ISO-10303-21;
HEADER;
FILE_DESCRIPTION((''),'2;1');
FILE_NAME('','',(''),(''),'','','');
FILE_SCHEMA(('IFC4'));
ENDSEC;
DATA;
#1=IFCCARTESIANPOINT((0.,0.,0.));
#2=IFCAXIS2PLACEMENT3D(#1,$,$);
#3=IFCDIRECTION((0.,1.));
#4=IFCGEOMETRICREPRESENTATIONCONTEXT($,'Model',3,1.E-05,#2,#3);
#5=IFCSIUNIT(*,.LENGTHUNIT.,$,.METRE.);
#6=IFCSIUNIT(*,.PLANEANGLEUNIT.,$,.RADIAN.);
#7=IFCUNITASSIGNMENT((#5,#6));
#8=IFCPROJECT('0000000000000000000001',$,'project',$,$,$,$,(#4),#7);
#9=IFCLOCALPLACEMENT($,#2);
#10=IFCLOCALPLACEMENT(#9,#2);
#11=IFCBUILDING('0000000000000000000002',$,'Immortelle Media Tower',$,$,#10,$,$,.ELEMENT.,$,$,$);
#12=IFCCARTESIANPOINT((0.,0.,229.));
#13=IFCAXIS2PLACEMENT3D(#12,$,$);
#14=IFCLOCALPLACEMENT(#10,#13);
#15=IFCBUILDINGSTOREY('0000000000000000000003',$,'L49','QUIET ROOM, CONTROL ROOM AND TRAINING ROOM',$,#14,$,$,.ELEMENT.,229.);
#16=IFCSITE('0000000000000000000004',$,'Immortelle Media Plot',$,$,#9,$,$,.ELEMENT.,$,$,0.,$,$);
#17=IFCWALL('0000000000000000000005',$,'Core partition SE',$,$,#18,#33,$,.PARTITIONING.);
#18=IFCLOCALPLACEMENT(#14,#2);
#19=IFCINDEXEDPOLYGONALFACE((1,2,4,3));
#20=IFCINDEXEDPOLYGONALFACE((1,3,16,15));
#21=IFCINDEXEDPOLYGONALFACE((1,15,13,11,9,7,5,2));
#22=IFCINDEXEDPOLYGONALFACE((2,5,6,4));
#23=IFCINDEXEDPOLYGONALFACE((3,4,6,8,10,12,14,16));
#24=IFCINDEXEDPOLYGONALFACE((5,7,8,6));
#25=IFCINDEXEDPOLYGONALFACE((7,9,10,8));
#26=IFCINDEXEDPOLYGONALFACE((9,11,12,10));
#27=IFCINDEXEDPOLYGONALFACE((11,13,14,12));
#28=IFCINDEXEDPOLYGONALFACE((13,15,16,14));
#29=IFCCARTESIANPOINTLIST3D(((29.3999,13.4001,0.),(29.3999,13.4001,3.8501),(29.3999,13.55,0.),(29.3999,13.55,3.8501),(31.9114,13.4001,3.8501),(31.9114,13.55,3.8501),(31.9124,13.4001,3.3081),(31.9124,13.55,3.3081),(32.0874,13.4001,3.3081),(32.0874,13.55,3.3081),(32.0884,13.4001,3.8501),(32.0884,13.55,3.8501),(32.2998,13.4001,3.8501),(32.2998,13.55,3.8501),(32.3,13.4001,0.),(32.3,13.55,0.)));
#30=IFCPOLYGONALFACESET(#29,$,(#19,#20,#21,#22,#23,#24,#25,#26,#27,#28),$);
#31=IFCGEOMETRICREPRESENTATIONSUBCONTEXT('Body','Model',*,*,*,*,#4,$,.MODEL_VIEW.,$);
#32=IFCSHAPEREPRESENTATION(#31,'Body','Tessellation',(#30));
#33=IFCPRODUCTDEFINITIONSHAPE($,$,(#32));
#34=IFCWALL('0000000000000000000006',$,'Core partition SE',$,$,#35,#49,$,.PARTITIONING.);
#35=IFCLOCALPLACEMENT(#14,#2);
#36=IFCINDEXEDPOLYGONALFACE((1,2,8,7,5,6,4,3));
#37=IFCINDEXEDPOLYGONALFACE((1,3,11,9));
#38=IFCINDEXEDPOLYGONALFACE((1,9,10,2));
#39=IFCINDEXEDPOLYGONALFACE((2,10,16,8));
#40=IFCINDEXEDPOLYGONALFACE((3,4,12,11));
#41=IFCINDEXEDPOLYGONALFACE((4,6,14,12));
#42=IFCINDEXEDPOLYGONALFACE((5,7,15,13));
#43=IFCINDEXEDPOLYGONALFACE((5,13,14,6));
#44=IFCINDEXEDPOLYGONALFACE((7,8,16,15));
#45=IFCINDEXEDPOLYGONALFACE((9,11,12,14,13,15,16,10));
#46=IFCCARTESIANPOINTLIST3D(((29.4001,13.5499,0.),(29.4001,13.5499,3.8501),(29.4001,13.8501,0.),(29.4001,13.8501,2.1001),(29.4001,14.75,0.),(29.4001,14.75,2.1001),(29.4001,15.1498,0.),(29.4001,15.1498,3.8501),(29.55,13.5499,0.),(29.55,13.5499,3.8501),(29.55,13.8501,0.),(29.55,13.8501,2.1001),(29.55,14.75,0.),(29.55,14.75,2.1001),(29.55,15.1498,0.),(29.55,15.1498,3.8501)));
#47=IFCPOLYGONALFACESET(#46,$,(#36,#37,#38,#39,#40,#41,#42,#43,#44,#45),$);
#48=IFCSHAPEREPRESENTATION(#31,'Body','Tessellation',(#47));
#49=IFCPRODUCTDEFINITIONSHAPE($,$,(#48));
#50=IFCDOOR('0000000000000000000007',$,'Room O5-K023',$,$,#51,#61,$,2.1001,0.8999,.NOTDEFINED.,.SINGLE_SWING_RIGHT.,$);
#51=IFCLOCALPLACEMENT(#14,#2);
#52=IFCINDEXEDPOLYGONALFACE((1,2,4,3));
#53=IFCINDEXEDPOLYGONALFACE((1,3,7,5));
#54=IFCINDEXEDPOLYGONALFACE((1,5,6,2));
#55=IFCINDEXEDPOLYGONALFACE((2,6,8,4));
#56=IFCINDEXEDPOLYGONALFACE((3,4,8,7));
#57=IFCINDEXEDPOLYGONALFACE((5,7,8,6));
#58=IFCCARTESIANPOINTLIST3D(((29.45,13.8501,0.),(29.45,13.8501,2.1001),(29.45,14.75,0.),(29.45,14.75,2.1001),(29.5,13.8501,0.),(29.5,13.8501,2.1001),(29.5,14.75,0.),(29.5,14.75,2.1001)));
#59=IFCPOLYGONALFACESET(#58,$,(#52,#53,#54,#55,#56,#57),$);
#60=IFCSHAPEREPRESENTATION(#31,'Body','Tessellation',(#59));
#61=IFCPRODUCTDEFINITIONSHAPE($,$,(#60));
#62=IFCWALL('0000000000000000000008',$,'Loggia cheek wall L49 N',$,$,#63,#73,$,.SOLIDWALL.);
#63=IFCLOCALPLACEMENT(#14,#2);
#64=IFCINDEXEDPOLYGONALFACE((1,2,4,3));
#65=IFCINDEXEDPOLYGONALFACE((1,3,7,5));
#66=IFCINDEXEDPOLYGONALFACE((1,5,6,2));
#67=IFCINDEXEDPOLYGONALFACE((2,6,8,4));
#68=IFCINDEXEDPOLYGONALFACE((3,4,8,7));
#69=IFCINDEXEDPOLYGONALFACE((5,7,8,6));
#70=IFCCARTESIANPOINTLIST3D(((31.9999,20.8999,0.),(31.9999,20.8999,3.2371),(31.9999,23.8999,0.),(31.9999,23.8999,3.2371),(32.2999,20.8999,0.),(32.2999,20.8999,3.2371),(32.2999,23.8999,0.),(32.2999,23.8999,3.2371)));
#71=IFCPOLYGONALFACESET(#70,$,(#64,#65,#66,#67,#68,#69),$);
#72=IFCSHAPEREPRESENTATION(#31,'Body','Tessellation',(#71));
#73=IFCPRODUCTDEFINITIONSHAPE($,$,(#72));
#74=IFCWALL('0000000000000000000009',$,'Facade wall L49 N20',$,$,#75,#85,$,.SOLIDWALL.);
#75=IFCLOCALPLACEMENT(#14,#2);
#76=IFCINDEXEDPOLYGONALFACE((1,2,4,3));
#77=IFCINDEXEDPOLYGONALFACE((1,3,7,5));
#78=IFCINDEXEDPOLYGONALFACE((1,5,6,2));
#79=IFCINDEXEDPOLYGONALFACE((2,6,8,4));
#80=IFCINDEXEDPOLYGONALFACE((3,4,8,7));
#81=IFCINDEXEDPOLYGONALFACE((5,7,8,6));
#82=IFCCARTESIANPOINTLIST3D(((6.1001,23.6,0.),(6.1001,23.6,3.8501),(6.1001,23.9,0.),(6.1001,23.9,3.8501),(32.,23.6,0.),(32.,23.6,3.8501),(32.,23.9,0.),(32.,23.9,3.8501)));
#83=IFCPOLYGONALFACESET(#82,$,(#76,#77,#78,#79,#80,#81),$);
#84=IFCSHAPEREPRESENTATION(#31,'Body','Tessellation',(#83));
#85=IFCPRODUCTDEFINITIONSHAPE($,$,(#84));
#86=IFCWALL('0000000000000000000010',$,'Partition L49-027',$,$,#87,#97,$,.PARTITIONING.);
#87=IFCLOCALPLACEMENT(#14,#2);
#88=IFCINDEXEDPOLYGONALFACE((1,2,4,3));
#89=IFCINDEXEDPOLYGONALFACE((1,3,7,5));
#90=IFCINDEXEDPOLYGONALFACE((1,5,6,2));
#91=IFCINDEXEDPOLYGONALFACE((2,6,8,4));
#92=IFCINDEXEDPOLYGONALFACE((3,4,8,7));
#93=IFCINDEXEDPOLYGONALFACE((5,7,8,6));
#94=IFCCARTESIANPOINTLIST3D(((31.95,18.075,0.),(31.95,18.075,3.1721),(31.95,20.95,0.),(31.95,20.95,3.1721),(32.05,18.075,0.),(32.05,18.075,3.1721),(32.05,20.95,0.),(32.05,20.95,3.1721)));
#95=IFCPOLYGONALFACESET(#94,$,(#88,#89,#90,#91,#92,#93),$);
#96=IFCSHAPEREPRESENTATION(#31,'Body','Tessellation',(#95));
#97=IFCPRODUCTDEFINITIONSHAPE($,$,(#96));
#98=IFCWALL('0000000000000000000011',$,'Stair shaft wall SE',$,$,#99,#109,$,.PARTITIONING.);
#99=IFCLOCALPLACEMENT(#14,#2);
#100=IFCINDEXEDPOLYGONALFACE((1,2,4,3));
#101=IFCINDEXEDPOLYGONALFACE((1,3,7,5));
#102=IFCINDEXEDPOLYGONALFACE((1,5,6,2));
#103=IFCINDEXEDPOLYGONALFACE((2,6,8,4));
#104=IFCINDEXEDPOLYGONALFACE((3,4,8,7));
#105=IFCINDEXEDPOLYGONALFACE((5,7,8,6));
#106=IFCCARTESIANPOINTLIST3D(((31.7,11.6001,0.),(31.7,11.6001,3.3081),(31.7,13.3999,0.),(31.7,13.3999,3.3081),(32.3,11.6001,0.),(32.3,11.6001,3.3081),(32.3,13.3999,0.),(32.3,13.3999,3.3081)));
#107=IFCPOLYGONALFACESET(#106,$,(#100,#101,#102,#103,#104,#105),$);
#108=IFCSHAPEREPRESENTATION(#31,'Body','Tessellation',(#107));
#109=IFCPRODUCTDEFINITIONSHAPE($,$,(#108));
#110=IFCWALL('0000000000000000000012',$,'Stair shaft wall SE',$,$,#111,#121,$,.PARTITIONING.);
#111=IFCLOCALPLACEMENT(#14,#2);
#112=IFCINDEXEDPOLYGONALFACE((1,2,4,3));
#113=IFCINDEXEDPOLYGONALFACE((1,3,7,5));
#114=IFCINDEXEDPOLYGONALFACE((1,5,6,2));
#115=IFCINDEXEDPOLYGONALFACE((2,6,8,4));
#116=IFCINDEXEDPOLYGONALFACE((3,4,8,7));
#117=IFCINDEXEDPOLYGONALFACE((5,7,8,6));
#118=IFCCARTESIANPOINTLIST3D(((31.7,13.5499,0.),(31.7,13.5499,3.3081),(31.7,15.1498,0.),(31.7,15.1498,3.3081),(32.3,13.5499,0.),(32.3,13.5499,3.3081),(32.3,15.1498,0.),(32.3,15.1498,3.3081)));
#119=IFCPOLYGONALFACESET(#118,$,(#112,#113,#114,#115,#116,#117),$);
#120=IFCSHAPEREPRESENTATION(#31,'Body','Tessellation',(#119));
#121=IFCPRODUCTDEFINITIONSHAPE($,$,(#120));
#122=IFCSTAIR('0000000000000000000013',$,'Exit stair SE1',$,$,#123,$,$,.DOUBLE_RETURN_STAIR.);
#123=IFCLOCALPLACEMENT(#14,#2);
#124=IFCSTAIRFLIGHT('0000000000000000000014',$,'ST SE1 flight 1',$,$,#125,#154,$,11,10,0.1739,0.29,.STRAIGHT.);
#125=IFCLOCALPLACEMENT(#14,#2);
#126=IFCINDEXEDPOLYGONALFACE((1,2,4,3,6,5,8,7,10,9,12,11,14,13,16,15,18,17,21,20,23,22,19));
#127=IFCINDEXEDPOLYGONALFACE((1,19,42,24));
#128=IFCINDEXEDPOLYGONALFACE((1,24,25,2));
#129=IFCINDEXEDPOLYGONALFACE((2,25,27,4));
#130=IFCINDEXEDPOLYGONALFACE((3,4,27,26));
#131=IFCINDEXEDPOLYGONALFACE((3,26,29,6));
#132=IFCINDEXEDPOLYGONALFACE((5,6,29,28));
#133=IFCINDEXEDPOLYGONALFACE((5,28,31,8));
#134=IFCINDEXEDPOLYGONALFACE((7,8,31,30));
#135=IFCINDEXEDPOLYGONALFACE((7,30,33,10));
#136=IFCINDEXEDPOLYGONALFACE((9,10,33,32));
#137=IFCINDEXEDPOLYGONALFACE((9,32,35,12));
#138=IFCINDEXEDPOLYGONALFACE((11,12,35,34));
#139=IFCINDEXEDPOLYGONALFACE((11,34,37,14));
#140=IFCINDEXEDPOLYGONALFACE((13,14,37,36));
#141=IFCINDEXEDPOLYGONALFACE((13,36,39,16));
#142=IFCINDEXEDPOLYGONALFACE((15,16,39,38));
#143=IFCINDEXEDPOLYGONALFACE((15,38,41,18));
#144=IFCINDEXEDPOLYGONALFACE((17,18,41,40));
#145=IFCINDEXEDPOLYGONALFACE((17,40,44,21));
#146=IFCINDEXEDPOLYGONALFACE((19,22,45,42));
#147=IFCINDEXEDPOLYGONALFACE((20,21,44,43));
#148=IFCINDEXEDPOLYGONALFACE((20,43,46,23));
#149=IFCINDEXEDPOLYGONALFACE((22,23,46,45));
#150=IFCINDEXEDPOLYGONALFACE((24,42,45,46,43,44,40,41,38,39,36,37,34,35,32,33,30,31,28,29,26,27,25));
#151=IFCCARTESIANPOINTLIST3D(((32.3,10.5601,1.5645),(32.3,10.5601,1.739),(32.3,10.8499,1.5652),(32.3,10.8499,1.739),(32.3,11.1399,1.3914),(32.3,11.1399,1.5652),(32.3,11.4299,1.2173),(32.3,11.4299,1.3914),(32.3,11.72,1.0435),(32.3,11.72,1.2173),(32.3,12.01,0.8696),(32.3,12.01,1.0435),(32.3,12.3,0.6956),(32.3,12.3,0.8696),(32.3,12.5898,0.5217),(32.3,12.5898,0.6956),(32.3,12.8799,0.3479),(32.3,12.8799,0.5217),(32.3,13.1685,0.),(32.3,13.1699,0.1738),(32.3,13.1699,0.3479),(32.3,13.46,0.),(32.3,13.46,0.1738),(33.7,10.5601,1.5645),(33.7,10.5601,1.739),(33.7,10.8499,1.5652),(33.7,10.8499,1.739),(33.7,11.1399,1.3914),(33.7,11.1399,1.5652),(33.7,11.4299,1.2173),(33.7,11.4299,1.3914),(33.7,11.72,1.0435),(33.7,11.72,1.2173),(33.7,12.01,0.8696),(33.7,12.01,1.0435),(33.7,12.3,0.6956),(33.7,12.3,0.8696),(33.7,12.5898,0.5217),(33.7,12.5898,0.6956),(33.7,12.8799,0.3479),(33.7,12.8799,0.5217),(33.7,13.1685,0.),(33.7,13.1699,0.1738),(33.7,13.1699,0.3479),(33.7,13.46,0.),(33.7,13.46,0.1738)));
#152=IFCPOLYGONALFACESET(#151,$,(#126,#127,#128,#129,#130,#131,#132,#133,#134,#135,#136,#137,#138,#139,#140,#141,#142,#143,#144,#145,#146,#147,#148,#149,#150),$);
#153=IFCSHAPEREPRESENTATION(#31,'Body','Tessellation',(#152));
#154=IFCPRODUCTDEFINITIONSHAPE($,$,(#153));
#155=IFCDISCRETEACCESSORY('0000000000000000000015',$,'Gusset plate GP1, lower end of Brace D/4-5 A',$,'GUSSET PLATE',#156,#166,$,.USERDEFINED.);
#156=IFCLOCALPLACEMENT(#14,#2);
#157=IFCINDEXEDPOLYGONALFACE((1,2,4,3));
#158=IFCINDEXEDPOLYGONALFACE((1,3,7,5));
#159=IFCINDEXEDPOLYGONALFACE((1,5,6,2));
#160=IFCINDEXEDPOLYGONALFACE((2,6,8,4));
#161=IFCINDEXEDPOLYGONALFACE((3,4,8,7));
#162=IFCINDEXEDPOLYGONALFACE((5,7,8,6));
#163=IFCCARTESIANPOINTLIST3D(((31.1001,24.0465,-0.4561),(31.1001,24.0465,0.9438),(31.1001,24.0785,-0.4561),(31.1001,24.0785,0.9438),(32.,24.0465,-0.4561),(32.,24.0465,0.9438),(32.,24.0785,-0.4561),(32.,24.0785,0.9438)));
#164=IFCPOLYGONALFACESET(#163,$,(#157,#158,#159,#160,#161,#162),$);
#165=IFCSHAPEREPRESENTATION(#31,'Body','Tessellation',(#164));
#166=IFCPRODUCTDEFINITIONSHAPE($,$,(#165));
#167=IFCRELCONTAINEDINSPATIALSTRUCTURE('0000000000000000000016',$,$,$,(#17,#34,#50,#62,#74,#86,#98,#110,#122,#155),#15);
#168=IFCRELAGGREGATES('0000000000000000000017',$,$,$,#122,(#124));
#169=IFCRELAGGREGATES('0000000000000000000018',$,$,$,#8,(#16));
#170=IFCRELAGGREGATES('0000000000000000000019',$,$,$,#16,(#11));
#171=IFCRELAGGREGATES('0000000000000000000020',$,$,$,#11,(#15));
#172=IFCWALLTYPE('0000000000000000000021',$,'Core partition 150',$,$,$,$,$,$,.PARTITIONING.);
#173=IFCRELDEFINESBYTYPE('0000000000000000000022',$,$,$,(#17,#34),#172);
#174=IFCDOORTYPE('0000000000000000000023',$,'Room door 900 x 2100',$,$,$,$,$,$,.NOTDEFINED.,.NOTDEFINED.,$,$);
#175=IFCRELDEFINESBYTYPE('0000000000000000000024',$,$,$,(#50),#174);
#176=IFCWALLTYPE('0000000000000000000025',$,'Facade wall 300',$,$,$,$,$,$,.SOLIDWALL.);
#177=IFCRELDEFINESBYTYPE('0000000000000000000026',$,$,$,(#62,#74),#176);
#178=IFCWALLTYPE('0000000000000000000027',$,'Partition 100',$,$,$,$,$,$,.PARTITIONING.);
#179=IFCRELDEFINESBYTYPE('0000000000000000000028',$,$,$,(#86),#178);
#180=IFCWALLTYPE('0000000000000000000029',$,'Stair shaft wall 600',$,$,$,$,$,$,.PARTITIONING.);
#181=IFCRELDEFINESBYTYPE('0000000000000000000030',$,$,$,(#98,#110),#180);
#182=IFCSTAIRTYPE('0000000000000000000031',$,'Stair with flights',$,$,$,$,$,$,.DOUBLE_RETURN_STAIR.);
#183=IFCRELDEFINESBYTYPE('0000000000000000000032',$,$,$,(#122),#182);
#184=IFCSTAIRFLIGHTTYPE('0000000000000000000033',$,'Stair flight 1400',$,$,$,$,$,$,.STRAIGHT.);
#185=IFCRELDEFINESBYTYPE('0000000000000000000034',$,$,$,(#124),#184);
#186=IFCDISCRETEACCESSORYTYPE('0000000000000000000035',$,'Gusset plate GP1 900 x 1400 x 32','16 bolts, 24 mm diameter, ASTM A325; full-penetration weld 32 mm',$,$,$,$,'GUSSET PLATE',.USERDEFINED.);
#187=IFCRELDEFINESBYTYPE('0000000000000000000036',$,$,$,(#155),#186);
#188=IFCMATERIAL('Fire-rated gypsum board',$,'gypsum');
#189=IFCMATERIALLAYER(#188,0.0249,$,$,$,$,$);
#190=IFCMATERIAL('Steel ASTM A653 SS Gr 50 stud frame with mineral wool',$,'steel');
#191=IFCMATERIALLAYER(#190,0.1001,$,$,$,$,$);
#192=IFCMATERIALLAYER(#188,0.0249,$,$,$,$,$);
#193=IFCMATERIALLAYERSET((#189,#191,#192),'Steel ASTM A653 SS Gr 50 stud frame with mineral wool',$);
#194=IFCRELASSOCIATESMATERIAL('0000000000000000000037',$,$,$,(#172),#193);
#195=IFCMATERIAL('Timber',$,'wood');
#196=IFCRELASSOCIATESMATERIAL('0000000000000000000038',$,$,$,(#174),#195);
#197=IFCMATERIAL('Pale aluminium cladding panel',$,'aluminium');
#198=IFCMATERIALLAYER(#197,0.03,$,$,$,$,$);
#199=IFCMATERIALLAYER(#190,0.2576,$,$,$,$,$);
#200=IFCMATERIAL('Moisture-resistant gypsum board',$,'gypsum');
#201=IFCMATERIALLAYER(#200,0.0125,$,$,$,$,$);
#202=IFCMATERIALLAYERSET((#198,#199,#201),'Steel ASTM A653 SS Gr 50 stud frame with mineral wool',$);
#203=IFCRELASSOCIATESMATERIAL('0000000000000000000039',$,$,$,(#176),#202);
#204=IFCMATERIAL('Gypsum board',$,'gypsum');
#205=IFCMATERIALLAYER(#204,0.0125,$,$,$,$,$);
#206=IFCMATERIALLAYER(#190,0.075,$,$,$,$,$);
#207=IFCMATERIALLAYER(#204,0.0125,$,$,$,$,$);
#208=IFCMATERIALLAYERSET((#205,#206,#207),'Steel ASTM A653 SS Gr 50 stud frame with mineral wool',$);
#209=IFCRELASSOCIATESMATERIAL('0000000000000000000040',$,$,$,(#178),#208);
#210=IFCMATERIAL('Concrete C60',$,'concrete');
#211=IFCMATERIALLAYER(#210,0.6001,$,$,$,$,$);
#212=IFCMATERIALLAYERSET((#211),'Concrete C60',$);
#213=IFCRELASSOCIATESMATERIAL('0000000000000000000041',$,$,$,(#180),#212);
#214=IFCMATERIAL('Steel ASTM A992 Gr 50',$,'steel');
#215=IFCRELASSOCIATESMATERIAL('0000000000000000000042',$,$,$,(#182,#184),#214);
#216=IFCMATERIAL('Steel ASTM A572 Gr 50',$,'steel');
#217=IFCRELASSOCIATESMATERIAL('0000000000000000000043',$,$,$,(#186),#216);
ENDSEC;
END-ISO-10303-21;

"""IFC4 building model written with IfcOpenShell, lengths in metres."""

from ifc_helpers import new_model, si_unit, direction, frame, frame_2d, origin, origin_2d, place, context, subcontext, project, spatial, polyline, rectangle, outline, extrude, material, layer, layer_set, material_profile, profile_set, type_object, element, fill, aggregate, save


model = new_model("IFC4")

# Units and contexts
model_context = context("Model", 3, precision=1e-05, world=origin(), true_north=direction((0.0, 1.0)))
body_context = subcontext(model_context, "Body", "Model", "MODEL_VIEW")
ifc_project = project(units=[si_unit("LENGTHUNIT", "METRE"), si_unit("PLANEANGLEUNIT", "RADIAN")], contexts=[model_context])

# Site, building, storey
site_placement = place(None, origin())
site = spatial("IfcSite", under=ifc_project, at=site_placement, Name="Immortelle Media Plot", CompositionType="ELEMENT", RefElevation=0.0)
building_placement = place(site_placement, origin())
building = spatial("IfcBuilding", under=site, at=building_placement, Name="Immortelle Media Tower", CompositionType="ELEMENT")
storey_placement = place(building_placement, frame((0.0, 0.0, 229.0)))
storey = spatial("IfcBuildingStorey", under=building, at=storey_placement, Name="L49", Description="QUIET ROOM, CONTROL ROOM AND TRAINING ROOM", CompositionType="ELEMENT", Elevation=229.0)

# Shared definitions
ifc_material_1 = material(Name="Steel ASTM A992 Gr 50", Category="steel")

# Wall
ifc_material_2 = material(Name="Fire-rated gypsum board", Category="gypsum")
ifc_layer_1 = layer(ifc_material_2, 0.0249)
ifc_material_3 = material(Name="Steel ASTM A653 SS Gr 50 stud frame with mineral wool", Category="steel")
ifc_layer_2 = layer(ifc_material_3, 0.1001)
ifc_layer_3 = layer(ifc_material_2, 0.0249)
ifc_layer_set_1 = layer_set([ifc_layer_1, ifc_layer_2, ifc_layer_3], Name="Steel ASTM A653 SS Gr 50 stud frame with mineral wool")
wall_type_1 = type_object("IfcWallType", Name="Core partition 150", PredefinedType="PARTITIONING", material=ifc_layer_set_1)
wall_1_placement = place(storey_placement, frame((29.3999, 13.4751, 0.0), z_axis=(0.0, 0.0, 1.0), x_axis=(1.0, 0.0, 0.0)))
element("IfcWall", 1, at=wall_1_placement, inside=storey, type_object=wall_type_1, Name="Core partition SE", PredefinedType="PARTITIONING", context=body_context, shape_type="SweptSolid", body=[
    extrude(outline(polyline([(0.0, 0.0), (2.9001, 0.0), (2.8999, 3.8501), (2.6885, 3.8501), (2.6875, 3.3081), (2.5125, 3.3081), (2.5115, 3.8501), (0.0, 3.8501), (0.0, 0.0)])), frame((0.0, 0.075, 0.0), z_axis=(0.0, -1.0, 0.0), x_axis=(1.0, 0.0, 0.0)), (0.0, 0.0, 1.0), 0.1499),
])

# Wall, opening, door
wall_2_placement = place(storey_placement, frame((29.4751, 13.55, 0.0), z_axis=(0.0, 0.0, 1.0), x_axis=(0.0, 1.0, 0.0)))
wall_2 = element("IfcWall", 2, at=wall_2_placement, inside=storey, type_object=wall_type_1, Name="Core partition SE", PredefinedType="PARTITIONING", context=body_context, shape_type="SweptSolid", body=[
    extrude(rectangle(XDim=1.5999, YDim=0.1499, at=frame_2d((0.7998, 0.0))), origin(), (0.0, 0.0, 1.0), 3.8501),
])
opening_placement = place(wall_2_placement, frame((1.2, 0.0, 0.0), z_axis=(0.0, 0.0, 1.0), x_axis=(-1.0, 0.0, 0.0)))
opening = element("IfcOpeningElement", 3, at=opening_placement, cuts=wall_2, PredefinedType="OPENING", context=body_context, shape_type="SweptSolid", body=[
    extrude(rectangle(XDim=0.8999, YDim=2.1001, at=frame_2d((0.45, 1.05))), frame((0.0, 0.085, 0.0), z_axis=(0.0, -1.0, 0.0), x_axis=(1.0, 0.0, 0.0)), (0.0, 0.0, 1.0), 0.1699),
])
ifc_material_4 = material(Name="Timber", Category="wood")
door_type = type_object("IfcDoorType", Name="Room door 900 x 2100", OperationType="NOTDEFINED", PredefinedType="NOTDEFINED", material=ifc_material_4)
door_placement = place(opening_placement, origin())
door = element("IfcDoor", 4, at=door_placement, inside=storey, type_object=door_type, Name="Room O5-K023", OperationType="SINGLE_SWING_RIGHT", OverallHeight=2.1001, OverallWidth=0.8999, PredefinedType="NOTDEFINED", context=body_context, shape_type="SweptSolid", body=[
    extrude(rectangle(XDim=0.8999, YDim=2.1001, at=frame_2d((0.45, 1.05))), frame((0.0, 0.0249, 0.0), z_axis=(0.0, -1.0, 0.0), x_axis=(1.0, 0.0, 0.0)), (0.0, 0.0, 1.0), 0.05),
])
fill(opening, door)

# Walls
ifc_material_5 = material(Name="Pale aluminium cladding panel", Category="aluminium")
ifc_layer_4 = layer(ifc_material_5, 0.03)
ifc_layer_5 = layer(ifc_material_3, 0.2576)
ifc_material_6 = material(Name="Moisture-resistant gypsum board", Category="gypsum")
ifc_layer_6 = layer(ifc_material_6, 0.0125)
ifc_layer_set_2 = layer_set([ifc_layer_4, ifc_layer_5, ifc_layer_6], Name="Steel ASTM A653 SS Gr 50 stud frame with mineral wool")
wall_type_2 = type_object("IfcWallType", Name="Facade wall 300", PredefinedType="SOLIDWALL", material=ifc_layer_set_2)
wall_3_placement = place(storey_placement, frame((32.1499, 23.8999, 0.0), z_axis=(0.0, 0.0, 1.0), x_axis=(0.0, -1.0, 0.0)))
element("IfcWall", 5, at=wall_3_placement, inside=storey, type_object=wall_type_2, Name="Loggia cheek wall L49 N", PredefinedType="SOLIDWALL", context=body_context, shape_type="SweptSolid", body=[
    extrude(rectangle(XDim=3.0, YDim=0.3, at=frame_2d((1.5, 0.0))), origin(), (0.0, 0.0, 1.0), 3.2371),
])
wall_4_placement = place(storey_placement, frame((32.0, 23.75, 0.0), z_axis=(0.0, 0.0, 1.0), x_axis=(-1.0, 0.0, 0.0)))
element("IfcWall", 6, at=wall_4_placement, inside=storey, type_object=wall_type_2, Name="Facade wall L49 N20", PredefinedType="SOLIDWALL", context=body_context, shape_type="SweptSolid", body=[
    extrude(rectangle(XDim=25.8999, YDim=0.3, at=frame_2d((12.95, 0.0))), origin(), (0.0, 0.0, 1.0), 3.8501),
])
ifc_material_7 = material(Name="Gypsum board", Category="gypsum")
ifc_layer_7 = layer(ifc_material_7, 0.0125)
ifc_layer_8 = layer(ifc_material_3, 0.075)
ifc_layer_9 = layer(ifc_material_7, 0.0125)
ifc_layer_set_3 = layer_set([ifc_layer_7, ifc_layer_8, ifc_layer_9], Name="Steel ASTM A653 SS Gr 50 stud frame with mineral wool")
wall_type_3 = type_object("IfcWallType", Name="Partition 100", PredefinedType="PARTITIONING", material=ifc_layer_set_3)
wall_5_placement = place(storey_placement, frame((32.0, 18.075, 0.0), z_axis=(0.0, 0.0, 1.0), x_axis=(0.0, 1.0, 0.0)))
element("IfcWall", 7, at=wall_5_placement, inside=storey, type_object=wall_type_3, Name="Partition L49-027", PredefinedType="PARTITIONING", context=body_context, shape_type="SweptSolid", body=[
    extrude(rectangle(XDim=2.875, YDim=0.1001, at=frame_2d((1.4375, 0.0))), origin(), (0.0, 0.0, 1.0), 3.1721),
])
ifc_material_8 = material(Name="Concrete C60", Category="concrete")
ifc_layer_10 = layer(ifc_material_8, 0.6001)
ifc_layer_set_4 = layer_set([ifc_layer_10], Name="Concrete C60")
wall_type_4 = type_object("IfcWallType", Name="Stair shaft wall 600", PredefinedType="PARTITIONING", material=ifc_layer_set_4)
wall_6_placement = place(storey_placement, frame((32.0, 11.6001, 0.0), z_axis=(0.0, 0.0, 1.0), x_axis=(0.0, 1.0, 0.0)))
element("IfcWall", 8, at=wall_6_placement, inside=storey, type_object=wall_type_4, Name="Stair shaft wall SE", PredefinedType="PARTITIONING", context=body_context, shape_type="SweptSolid", body=[
    extrude(rectangle(XDim=1.7998, YDim=0.6001, at=frame_2d((0.8999, 0.0))), origin(), (0.0, 0.0, 1.0), 3.3081),
])
wall_7_placement = place(storey_placement, frame((32.0, 13.55, 0.0), z_axis=(0.0, 0.0, 1.0), x_axis=(0.0, 1.0, 0.0)))
element("IfcWall", 9, at=wall_7_placement, inside=storey, type_object=wall_type_4, Name="Stair shaft wall SE", PredefinedType="PARTITIONING", context=body_context, shape_type="SweptSolid", body=[
    extrude(rectangle(XDim=1.5999, YDim=0.6001, at=frame_2d((0.7998, 0.0))), origin(), (0.0, 0.0, 1.0), 3.3081),
])

# Stair, stair flight
stair_type = type_object("IfcStairType", Name="Stair with flights", PredefinedType="DOUBLE_RETURN_STAIR", material=ifc_material_1)
stair_placement = place(storey_placement, origin())
stair = element("IfcStair", 10, at=stair_placement, inside=storey, type_object=stair_type, Name="Exit stair SE1", PredefinedType="DOUBLE_RETURN_STAIR")
stair_flight_type = type_object("IfcStairFlightType", Name="Stair flight 1400", PredefinedType="STRAIGHT", material=ifc_material_1)
stair_flight_placement = place(storey_placement, frame((33.0, 13.46, 0.0), z_axis=(0.0, 0.0, 1.0), x_axis=(0.0, -1.0, 0.0)))
stair_flight = element("IfcStairFlight", 11, at=stair_flight_placement, type_object=stair_flight_type, Name="ST SE1 flight 1", NumberOfRisers=11, NumberOfTreads=10, PredefinedType="STRAIGHT", RiserHeight=0.1739, TreadLength=0.29, context=body_context, shape_type="SweptSolid", body=[
    extrude(outline(polyline([(0.0, 0.0), (0.0, 0.1738), (0.29, 0.1738), (0.29, 0.3479), (0.5801, 0.3479), (0.5801, 0.5217), (0.8701, 0.5217), (0.8701, 0.6956), (1.1599, 0.6956), (1.1599, 0.8696), (1.45, 0.8696), (1.45, 1.0435), (1.74, 1.0435), (1.74, 1.2173), (2.03, 1.2173), (2.03, 1.3914), (2.3201, 1.3914), (2.3201, 1.5652), (2.6101, 1.5652), (2.6101, 1.739), (2.8999, 1.739), (2.8999, 1.9131), (2.8999, 1.5645), (0.2915, 0.0), (0.0, 0.0)])), frame((0.0, 0.7, 0.0), z_axis=(0.0, -1.0, 0.0), x_axis=(1.0, 0.0, 0.0)), (0.0, 0.0, 1.0), 1.3999),
])
aggregate(stair, [stair_flight])

# Discrete accessory
ifc_material_9 = material(Name="Steel ASTM A572 Gr 50", Category="steel")
ifc_material_profile_1 = material_profile(ifc_material_9, rectangle(XDim=0.032, YDim=1.3999, at=origin_2d()), Name="PL 32 x 1400")
ifc_profile_set_1 = profile_set([ifc_material_profile_1], Name="Steel ASTM A572 Gr 50")
discrete_accessory_type = type_object("IfcDiscreteAccessoryType", Name="Gusset plate GP1 900 x 1400 x 32", Description="16 bolts, 24 mm diameter, ASTM A325; full-penetration weld 32 mm", ElementType="GUSSET PLATE", PredefinedType="USERDEFINED", material=ifc_profile_set_1)
for number, where, z_axis, x_axis, name in (
    (12, (32.0, 24.0625, 0.2439), (-1.0, 0.0, 0.0), (0.0, -1.0, 0.0), "Gusset plate GP1, lower end of Brace D/4-5 A"),
):
    element("IfcDiscreteAccessory", number, at=place(storey_placement, frame(where, z_axis=z_axis, x_axis=x_axis)), inside=storey, type_object=discrete_accessory_type, Name=name, ObjectType="GUSSET PLATE", PredefinedType="USERDEFINED", context=body_context, shape_type="SweptSolid", body=[
        extrude(rectangle(XDim=0.032, YDim=1.3999, at=origin_2d()), origin(), (0.0, 0.0, 1.0), 0.8999),
    ])

save(model, "model.ifc")
